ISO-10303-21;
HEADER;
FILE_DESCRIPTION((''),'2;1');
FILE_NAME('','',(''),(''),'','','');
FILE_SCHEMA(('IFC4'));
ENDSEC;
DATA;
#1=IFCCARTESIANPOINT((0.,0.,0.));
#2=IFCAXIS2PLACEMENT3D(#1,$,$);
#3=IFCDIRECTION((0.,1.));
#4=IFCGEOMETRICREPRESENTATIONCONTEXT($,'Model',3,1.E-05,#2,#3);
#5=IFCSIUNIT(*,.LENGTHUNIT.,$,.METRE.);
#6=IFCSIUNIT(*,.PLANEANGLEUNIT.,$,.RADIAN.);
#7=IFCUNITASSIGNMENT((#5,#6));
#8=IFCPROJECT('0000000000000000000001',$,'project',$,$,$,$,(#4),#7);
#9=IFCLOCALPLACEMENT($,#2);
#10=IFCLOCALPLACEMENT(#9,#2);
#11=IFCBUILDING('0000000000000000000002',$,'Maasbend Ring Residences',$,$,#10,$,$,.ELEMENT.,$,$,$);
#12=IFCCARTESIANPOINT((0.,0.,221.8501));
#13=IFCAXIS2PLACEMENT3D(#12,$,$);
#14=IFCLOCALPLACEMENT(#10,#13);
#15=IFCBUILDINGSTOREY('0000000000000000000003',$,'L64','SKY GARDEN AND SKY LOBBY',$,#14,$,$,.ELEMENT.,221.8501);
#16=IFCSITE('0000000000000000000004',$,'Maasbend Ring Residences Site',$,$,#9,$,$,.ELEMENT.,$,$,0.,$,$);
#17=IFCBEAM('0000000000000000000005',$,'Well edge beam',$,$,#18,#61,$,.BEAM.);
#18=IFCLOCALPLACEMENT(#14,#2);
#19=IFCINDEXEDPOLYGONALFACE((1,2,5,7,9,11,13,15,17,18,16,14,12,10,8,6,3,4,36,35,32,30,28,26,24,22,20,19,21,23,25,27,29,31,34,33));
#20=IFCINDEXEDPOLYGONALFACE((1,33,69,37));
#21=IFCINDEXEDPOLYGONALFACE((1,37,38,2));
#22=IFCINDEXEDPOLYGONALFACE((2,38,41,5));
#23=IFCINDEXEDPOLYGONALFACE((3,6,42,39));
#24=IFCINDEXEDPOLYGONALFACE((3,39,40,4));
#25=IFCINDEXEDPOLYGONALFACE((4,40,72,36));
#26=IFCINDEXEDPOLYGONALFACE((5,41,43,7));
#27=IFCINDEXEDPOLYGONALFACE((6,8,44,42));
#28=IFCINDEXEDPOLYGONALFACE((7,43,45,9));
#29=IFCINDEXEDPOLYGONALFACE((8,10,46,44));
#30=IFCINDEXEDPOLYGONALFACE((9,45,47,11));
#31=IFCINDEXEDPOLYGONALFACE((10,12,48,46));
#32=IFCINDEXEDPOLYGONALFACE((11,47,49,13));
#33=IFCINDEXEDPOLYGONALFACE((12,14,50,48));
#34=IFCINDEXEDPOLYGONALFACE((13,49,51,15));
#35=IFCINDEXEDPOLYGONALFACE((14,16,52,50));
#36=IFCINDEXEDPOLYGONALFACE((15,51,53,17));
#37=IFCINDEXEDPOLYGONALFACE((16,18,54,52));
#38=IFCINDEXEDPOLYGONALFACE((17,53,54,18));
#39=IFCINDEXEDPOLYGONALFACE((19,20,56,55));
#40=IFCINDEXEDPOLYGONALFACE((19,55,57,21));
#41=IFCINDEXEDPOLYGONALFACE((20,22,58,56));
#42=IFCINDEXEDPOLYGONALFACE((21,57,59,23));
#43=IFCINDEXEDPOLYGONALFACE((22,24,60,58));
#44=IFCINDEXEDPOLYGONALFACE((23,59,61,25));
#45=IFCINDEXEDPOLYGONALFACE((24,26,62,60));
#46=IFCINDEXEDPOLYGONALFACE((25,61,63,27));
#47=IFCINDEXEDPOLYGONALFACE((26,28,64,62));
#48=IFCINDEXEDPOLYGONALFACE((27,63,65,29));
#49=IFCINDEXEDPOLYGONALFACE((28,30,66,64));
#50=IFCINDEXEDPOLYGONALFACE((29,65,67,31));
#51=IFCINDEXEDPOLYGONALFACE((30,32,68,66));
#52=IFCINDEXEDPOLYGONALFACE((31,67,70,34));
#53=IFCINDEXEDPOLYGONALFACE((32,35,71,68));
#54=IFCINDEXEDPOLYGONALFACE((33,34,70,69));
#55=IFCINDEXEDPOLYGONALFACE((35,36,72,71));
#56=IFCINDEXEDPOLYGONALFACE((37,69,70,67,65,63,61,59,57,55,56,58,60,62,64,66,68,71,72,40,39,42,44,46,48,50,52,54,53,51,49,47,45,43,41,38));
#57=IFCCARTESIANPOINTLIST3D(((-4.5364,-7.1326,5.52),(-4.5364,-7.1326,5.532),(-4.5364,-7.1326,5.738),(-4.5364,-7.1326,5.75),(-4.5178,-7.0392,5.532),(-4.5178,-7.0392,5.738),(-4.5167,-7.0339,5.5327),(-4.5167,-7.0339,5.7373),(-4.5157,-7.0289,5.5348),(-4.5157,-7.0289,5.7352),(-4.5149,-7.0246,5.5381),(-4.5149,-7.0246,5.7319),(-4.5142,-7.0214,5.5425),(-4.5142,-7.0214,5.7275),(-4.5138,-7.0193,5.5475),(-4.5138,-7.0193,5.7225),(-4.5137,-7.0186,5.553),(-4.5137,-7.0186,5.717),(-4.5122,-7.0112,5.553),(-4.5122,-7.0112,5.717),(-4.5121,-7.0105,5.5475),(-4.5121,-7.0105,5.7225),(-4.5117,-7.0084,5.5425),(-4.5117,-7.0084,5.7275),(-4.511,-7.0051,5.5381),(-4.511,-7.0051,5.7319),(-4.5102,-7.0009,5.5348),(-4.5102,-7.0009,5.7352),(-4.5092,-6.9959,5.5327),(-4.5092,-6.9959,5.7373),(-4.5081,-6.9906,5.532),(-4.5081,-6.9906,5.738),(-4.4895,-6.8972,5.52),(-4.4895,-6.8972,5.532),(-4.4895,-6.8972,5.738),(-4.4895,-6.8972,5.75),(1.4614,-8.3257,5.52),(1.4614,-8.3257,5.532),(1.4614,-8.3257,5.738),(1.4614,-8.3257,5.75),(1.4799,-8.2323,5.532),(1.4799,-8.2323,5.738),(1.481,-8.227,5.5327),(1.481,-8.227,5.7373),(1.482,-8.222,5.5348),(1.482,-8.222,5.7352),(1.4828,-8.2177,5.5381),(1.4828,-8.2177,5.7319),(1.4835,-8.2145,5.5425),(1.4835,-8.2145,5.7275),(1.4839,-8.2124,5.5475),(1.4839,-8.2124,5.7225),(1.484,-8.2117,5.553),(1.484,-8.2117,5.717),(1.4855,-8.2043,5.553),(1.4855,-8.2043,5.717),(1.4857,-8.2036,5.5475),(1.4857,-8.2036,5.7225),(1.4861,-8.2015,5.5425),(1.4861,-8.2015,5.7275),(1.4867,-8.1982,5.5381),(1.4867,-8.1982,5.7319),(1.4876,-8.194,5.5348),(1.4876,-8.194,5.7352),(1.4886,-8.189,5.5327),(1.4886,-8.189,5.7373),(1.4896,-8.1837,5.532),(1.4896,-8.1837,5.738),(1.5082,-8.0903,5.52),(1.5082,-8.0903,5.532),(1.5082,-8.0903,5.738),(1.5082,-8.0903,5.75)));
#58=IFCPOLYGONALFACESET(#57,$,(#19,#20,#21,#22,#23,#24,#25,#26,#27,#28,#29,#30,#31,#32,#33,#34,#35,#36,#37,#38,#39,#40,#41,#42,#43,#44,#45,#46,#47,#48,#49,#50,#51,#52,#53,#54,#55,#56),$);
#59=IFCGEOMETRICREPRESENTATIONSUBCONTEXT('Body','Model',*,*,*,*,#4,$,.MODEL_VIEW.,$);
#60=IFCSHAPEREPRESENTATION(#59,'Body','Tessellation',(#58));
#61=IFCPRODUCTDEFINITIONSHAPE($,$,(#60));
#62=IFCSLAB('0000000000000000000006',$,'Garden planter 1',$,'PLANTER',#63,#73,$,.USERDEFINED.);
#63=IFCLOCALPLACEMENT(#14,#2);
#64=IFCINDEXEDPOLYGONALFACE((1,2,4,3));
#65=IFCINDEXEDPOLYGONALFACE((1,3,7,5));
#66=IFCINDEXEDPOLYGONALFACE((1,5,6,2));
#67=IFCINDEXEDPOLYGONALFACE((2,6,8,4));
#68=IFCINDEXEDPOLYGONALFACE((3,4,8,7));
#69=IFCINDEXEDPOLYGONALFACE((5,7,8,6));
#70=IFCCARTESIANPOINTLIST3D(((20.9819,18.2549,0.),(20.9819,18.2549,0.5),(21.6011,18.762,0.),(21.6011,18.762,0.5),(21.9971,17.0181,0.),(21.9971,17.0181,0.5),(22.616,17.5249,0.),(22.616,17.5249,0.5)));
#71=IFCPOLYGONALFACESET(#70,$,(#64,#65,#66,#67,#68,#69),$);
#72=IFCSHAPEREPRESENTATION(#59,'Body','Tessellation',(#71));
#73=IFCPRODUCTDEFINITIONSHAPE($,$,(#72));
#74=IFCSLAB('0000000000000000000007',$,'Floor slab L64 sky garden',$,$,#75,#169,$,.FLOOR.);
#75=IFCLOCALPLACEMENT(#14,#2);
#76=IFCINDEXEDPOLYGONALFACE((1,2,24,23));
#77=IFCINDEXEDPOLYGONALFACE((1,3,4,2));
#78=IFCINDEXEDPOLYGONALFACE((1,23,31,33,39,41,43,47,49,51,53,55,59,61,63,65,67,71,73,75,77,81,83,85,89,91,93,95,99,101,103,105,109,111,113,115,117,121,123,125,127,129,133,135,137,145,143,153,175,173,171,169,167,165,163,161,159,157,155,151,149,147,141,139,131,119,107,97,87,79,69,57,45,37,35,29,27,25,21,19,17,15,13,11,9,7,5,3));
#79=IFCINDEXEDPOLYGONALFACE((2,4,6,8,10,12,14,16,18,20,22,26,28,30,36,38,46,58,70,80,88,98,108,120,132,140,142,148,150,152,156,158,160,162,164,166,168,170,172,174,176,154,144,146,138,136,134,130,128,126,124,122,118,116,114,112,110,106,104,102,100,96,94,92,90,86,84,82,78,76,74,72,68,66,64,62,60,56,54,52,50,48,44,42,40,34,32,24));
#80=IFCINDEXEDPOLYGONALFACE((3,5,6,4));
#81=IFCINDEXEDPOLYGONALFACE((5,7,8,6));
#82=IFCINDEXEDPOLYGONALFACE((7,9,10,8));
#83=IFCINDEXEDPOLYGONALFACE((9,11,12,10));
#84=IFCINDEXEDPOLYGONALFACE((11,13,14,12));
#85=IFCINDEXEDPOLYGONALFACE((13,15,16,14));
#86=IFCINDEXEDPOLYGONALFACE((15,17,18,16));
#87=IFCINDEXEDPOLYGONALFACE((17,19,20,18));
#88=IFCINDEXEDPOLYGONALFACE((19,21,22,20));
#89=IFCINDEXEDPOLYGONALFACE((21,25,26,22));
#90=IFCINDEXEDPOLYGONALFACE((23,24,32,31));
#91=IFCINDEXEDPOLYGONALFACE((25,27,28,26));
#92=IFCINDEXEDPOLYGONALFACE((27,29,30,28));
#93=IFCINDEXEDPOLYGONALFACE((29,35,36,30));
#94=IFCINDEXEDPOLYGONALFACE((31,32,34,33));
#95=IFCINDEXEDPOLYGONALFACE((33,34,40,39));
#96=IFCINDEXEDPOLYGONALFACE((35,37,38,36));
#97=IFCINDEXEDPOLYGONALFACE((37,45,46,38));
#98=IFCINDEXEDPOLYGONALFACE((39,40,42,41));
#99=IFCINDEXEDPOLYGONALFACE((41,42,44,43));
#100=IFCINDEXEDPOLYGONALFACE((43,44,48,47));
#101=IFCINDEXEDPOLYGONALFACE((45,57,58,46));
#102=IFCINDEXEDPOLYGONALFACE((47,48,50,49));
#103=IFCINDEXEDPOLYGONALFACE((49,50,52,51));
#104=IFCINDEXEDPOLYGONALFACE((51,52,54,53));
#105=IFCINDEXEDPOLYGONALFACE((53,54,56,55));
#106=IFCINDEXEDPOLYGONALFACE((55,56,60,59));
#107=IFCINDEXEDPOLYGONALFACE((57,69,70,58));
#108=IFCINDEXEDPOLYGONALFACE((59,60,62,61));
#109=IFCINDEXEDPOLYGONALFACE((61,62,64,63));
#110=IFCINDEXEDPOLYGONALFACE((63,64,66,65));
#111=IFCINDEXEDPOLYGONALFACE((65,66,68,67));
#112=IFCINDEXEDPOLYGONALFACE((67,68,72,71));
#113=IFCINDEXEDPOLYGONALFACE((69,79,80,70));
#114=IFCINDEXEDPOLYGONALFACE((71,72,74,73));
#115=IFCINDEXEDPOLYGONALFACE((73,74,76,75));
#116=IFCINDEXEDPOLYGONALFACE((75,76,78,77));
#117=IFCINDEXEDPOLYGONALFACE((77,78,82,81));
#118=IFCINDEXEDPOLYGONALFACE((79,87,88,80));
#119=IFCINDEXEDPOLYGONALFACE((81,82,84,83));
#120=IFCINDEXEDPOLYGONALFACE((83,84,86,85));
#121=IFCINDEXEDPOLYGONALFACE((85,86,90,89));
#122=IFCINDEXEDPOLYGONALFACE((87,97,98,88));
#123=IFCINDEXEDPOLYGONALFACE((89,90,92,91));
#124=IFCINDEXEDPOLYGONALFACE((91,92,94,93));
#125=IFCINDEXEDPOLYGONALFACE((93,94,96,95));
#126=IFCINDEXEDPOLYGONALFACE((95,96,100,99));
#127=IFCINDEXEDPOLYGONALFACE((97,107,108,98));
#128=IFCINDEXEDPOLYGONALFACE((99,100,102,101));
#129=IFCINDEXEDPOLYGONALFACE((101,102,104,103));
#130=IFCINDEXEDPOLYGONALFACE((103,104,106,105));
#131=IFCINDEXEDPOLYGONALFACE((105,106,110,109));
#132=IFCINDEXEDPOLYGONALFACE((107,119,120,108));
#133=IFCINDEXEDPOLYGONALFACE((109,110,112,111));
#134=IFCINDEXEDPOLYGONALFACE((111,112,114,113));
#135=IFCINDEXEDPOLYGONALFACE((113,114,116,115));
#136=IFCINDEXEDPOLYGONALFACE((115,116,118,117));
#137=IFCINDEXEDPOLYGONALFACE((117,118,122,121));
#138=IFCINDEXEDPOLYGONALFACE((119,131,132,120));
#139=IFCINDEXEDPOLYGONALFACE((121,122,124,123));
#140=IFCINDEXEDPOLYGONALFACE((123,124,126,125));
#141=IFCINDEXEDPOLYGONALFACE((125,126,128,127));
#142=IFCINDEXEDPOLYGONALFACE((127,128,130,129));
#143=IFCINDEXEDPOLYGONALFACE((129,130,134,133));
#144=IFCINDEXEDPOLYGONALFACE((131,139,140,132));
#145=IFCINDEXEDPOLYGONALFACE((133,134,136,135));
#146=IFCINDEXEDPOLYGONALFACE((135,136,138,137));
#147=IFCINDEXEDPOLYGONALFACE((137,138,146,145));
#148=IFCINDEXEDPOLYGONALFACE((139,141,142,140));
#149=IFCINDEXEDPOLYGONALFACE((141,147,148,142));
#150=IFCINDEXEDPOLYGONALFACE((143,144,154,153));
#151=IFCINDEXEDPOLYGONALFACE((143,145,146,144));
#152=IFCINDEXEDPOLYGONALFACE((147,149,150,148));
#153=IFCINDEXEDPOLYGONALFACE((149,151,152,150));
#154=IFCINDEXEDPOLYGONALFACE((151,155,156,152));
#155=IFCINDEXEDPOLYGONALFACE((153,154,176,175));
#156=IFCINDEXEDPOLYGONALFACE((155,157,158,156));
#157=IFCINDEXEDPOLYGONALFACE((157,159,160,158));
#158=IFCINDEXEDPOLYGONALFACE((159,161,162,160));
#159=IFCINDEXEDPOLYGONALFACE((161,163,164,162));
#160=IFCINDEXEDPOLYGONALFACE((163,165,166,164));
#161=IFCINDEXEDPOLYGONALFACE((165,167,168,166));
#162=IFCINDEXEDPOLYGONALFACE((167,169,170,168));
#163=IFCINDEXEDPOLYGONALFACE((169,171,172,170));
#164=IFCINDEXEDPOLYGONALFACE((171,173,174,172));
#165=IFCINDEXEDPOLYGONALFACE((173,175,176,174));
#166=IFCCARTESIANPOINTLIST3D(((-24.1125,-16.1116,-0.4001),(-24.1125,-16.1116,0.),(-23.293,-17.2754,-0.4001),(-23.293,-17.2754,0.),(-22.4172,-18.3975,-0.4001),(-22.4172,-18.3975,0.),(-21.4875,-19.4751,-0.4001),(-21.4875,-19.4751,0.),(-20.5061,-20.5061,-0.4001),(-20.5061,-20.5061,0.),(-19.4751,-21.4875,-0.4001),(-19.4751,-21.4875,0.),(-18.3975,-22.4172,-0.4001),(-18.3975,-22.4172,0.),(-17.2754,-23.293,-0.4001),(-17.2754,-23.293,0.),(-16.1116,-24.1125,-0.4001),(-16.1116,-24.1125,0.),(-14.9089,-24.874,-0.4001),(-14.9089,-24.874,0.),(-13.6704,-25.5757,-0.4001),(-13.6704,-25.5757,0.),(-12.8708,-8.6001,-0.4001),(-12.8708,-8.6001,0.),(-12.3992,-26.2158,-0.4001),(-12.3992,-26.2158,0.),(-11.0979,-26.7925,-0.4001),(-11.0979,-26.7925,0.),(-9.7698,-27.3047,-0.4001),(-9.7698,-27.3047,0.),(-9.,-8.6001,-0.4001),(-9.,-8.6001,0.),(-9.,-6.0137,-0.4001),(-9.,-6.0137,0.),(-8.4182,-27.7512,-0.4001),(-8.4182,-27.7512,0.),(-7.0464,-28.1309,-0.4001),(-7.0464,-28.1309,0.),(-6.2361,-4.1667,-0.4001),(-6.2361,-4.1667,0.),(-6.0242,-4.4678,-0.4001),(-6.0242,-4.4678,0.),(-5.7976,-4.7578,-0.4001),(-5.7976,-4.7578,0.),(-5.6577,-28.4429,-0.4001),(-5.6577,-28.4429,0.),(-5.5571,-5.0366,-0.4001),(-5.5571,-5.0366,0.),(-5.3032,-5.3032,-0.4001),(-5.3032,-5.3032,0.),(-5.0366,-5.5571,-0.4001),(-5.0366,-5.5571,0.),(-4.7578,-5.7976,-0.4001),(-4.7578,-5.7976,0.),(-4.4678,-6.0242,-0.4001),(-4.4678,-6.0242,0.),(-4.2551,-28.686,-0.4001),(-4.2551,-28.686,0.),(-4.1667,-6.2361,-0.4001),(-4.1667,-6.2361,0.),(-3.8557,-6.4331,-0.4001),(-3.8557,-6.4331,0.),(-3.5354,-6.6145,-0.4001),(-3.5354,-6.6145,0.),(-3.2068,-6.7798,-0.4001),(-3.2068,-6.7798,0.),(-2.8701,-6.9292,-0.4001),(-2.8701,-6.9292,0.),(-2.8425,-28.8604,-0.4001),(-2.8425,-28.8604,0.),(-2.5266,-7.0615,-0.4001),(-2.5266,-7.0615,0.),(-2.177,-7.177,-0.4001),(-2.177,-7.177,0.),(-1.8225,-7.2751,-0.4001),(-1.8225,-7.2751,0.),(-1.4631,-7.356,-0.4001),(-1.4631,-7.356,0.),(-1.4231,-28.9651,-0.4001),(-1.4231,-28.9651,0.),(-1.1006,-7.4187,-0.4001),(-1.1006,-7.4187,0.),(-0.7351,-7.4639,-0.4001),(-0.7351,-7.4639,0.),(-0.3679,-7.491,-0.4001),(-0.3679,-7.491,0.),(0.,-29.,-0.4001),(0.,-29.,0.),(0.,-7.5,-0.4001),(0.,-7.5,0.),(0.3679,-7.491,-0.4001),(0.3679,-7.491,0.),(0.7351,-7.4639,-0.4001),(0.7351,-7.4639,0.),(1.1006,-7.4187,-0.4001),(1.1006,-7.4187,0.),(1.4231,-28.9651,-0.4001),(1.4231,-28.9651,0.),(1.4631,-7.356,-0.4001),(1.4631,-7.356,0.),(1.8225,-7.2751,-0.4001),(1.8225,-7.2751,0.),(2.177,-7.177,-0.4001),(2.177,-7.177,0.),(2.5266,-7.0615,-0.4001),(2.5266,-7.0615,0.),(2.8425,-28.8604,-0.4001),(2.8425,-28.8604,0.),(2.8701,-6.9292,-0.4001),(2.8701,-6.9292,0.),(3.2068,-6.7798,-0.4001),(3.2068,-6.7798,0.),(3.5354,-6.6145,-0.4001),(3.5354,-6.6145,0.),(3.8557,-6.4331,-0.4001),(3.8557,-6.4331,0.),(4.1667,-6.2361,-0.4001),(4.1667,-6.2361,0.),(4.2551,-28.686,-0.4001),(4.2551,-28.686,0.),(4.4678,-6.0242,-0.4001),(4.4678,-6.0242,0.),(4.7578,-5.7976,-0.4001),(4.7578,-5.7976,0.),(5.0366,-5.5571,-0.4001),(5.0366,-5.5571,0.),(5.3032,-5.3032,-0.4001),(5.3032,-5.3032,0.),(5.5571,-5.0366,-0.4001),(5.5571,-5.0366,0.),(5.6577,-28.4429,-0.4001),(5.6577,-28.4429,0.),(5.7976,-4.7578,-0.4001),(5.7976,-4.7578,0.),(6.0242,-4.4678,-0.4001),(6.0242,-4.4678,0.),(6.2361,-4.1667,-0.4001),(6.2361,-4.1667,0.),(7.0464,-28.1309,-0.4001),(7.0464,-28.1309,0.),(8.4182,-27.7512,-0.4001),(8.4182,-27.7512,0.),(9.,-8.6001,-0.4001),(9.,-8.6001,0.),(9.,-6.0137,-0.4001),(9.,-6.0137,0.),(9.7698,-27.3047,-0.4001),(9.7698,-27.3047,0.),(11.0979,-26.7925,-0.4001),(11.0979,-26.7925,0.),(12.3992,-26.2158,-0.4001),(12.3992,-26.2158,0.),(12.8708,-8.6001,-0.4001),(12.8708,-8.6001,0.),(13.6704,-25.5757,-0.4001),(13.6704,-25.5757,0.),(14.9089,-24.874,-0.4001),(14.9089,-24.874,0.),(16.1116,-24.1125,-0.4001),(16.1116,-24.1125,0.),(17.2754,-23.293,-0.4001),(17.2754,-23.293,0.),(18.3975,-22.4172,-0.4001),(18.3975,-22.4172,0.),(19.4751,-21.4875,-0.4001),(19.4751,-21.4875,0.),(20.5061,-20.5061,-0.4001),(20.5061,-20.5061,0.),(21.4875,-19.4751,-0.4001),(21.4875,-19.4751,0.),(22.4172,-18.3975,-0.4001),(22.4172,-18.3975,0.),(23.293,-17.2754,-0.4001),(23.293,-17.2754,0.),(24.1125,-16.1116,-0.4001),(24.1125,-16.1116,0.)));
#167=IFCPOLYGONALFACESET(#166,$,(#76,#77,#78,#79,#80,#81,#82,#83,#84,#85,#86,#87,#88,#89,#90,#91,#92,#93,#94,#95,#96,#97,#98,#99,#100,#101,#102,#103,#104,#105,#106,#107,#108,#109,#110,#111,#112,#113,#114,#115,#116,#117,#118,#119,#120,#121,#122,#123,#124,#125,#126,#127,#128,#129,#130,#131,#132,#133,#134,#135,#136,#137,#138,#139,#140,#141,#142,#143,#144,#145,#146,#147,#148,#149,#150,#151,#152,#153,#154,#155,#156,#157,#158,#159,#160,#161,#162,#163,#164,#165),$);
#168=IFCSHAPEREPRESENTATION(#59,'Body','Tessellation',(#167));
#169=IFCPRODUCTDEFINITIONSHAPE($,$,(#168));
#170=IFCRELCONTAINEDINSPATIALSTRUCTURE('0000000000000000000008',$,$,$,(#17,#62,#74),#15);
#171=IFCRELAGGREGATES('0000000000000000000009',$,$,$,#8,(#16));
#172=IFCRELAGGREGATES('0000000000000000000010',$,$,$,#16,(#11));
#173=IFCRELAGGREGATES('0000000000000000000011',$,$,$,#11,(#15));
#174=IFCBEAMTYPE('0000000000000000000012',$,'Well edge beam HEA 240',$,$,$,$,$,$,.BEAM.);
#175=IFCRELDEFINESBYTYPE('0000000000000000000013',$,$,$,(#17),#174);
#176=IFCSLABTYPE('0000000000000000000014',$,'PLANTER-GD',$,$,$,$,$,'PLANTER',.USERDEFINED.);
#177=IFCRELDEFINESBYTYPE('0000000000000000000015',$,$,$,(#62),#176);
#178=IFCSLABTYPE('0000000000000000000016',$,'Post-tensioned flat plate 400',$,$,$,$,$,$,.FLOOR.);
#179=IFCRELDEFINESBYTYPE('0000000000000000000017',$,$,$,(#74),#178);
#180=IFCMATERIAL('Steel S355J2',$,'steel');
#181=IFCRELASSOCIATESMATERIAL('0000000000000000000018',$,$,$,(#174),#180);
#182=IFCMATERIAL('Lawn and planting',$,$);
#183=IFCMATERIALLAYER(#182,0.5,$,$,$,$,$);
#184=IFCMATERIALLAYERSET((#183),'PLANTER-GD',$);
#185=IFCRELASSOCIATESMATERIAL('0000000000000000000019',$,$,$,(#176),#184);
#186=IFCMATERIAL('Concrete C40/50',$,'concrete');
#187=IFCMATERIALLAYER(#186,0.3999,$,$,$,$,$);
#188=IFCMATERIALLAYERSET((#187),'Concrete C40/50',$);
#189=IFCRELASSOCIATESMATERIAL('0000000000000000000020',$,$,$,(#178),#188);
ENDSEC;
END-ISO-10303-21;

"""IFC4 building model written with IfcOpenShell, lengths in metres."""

from ifc_helpers import new_model, si_unit, direction, frame, origin, origin_2d, place, context, subcontext, project, spatial, polyline, i_section, outline, extrude, material, layer, layer_set, material_profile, profile_set, type_object, element, save


model = new_model("IFC4")

# Units and contexts
model_context = context("Model", 3, precision=1e-05, world=origin(), true_north=direction((0.0, 1.0)))
body_context = subcontext(model_context, "Body", "Model", "MODEL_VIEW")
ifc_project = project(units=[si_unit("LENGTHUNIT", "METRE"), si_unit("PLANEANGLEUNIT", "RADIAN")], contexts=[model_context])

# Site, building, storey
site_placement = place(None, origin())
site = spatial("IfcSite", under=ifc_project, at=site_placement, Name="Maasbend Ring Residences Site", CompositionType="ELEMENT", RefElevation=0.0)
building_placement = place(site_placement, origin())
building = spatial("IfcBuilding", under=site, at=building_placement, Name="Maasbend Ring Residences", CompositionType="ELEMENT")
storey_placement = place(building_placement, frame((0.0, 0.0, 221.8501)))
storey = spatial("IfcBuildingStorey", under=building, at=storey_placement, Name="L64", Description="SKY GARDEN AND SKY LOBBY", CompositionType="ELEMENT", Elevation=221.8501)

# Beam
ifc_material_1 = material(Name="Steel S355J2", Category="steel")
ifc_material_profile_1 = material_profile(ifc_material_1, i_section(OverallWidth=0.24, OverallDepth=0.23, WebThickness=0.0076, FlangeThickness=0.012, FilletRadius=0.021, at=origin_2d()), Name="HEA 240")
ifc_profile_set_1 = profile_set([ifc_material_profile_1], Name="Steel S355J2")
beam_type_1 = type_object("IfcBeamType", Name="Well edge beam HEA 240", PredefinedType="BEAM", material=ifc_profile_set_1)
for number, where, z_axis, x_axis, name in (
    (1, (-4.5129, -7.0149, 5.635), (0.980783, -0.195103, 0.0), (0.195103, 0.980783, 0.0), "Well edge beam"),
):
    element("IfcBeam", number, at=place(storey_placement, frame(where, z_axis=z_axis, x_axis=x_axis)), inside=storey, type_object=beam_type_1, Name=name, PredefinedType="BEAM", context=body_context, shape_type="SweptSolid", body=[
        extrude(i_section(OverallWidth=0.24, OverallDepth=0.23, WebThickness=0.0076, FlangeThickness=0.012, FilletRadius=0.021, at=origin_2d()), origin(), (0.0, 0.0, 1.0), 6.1152),
    ])

# Slabs
ifc_material_2 = material(Name="Lawn and planting")
ifc_layer_1 = layer(ifc_material_2, 0.5)
ifc_layer_set_1 = layer_set([ifc_layer_1], Name="PLANTER-GD")
slab_type_1 = type_object("IfcSlabType", Name="PLANTER-GD", ElementType="PLANTER", PredefinedType="USERDEFINED", material=ifc_layer_set_1)
slab_1_placement = place(storey_placement, origin())
element("IfcSlab", 2, at=slab_1_placement, inside=storey, type_object=slab_type_1, Name="Garden planter 1", ObjectType="PLANTER", PredefinedType="USERDEFINED", context=body_context, shape_type="SweptSolid", body=[
    extrude(outline(polyline([(22.616, 17.5249), (21.6011, 18.762), (20.9819, 18.2549), (21.9971, 17.0181), (22.616, 17.5249)])), origin(), (0.0, 0.0, 1.0), 0.5),
])
ifc_material_3 = material(Name="Concrete C40/50", Category="concrete")
ifc_layer_2 = layer(ifc_material_3, 0.3999)
ifc_layer_set_2 = layer_set([ifc_layer_2], Name="Concrete C40/50")
slab_type_2 = type_object("IfcSlabType", Name="Post-tensioned flat plate 400", PredefinedType="FLOOR", material=ifc_layer_set_2)
slab_2_placement = place(storey_placement, frame((0.0, 0.0, -0.4001)))
element("IfcSlab", 3, at=slab_2_placement, inside=storey, type_object=slab_type_2, Name="Floor slab L64 sky garden", PredefinedType="FLOOR", context=body_context, shape_type="SweptSolid", body=[
    extrude(outline(polyline([(24.1125, -16.1116), (12.8708, -8.6001), (9.0, -8.6001), (9.0, -6.0137), (6.2361, -4.1667), (6.0242, -4.4678), (5.7976, -4.7578), (5.5571, -5.0366), (5.3032, -5.3032), (5.0366, -5.5571), (4.7578, -5.7976), (4.4678, -6.0242), (4.1667, -6.2361), (3.8557, -6.4331), (3.5354, -6.6145), (3.2068, -6.7798), (2.8701, -6.9292), (2.5266, -7.0615), (2.177, -7.177), (1.8225, -7.2751), (1.4631, -7.356), (1.1006, -7.4187), (0.7351, -7.4639), (0.3679, -7.491), (0.0, -7.5), (-0.3679, -7.491), (-0.7351, -7.4639), (-1.1006, -7.4187), (-1.4631, -7.356), (-1.8225, -7.2751), (-2.177, -7.177), (-2.5266, -7.0615), (-2.8701, -6.9292), (-3.2068, -6.7798), (-3.5354, -6.6145), (-3.8557, -6.4331), (-4.1667, -6.2361), (-4.4678, -6.0242), (-4.7578, -5.7976), (-5.0366, -5.5571), (-5.3032, -5.3032), (-5.5571, -5.0366), (-5.7976, -4.7578), (-6.0242, -4.4678), (-6.2361, -4.1667), (-9.0, -6.0137), (-9.0, -8.6001), (-12.8708, -8.6001), (-24.1125, -16.1116), (-23.293, -17.2754), (-22.4172, -18.3975), (-21.4875, -19.4751), (-20.5061, -20.5061), (-19.4751, -21.4875), (-18.3975, -22.4172), (-17.2754, -23.293), (-16.1116, -24.1125), (-14.9089, -24.874), (-13.6704, -25.5757), (-12.3992, -26.2158), (-11.0979, -26.7925), (-9.7698, -27.3047), (-8.4182, -27.7512), (-7.0464, -28.1309), (-5.6577, -28.4429), (-4.2551, -28.686), (-2.8425, -28.8604), (-1.4231, -28.9651), (0.0, -29.0), (1.4231, -28.9651), (2.8425, -28.8604), (4.2551, -28.686), (5.6577, -28.4429), (7.0464, -28.1309), (8.4182, -27.7512), (9.7698, -27.3047), (11.0979, -26.7925), (12.3992, -26.2158), (13.6704, -25.5757), (14.9089, -24.874), (16.1116, -24.1125), (17.2754, -23.293), (18.3975, -22.4172), (19.4751, -21.4875), (20.5061, -20.5061), (21.4875, -19.4751), (22.4172, -18.3975), (23.293, -17.2754), (24.1125, -16.1116)])), origin(), (0.0, 0.0, 1.0), 0.4001),
])

save(model, "model.ifc")
